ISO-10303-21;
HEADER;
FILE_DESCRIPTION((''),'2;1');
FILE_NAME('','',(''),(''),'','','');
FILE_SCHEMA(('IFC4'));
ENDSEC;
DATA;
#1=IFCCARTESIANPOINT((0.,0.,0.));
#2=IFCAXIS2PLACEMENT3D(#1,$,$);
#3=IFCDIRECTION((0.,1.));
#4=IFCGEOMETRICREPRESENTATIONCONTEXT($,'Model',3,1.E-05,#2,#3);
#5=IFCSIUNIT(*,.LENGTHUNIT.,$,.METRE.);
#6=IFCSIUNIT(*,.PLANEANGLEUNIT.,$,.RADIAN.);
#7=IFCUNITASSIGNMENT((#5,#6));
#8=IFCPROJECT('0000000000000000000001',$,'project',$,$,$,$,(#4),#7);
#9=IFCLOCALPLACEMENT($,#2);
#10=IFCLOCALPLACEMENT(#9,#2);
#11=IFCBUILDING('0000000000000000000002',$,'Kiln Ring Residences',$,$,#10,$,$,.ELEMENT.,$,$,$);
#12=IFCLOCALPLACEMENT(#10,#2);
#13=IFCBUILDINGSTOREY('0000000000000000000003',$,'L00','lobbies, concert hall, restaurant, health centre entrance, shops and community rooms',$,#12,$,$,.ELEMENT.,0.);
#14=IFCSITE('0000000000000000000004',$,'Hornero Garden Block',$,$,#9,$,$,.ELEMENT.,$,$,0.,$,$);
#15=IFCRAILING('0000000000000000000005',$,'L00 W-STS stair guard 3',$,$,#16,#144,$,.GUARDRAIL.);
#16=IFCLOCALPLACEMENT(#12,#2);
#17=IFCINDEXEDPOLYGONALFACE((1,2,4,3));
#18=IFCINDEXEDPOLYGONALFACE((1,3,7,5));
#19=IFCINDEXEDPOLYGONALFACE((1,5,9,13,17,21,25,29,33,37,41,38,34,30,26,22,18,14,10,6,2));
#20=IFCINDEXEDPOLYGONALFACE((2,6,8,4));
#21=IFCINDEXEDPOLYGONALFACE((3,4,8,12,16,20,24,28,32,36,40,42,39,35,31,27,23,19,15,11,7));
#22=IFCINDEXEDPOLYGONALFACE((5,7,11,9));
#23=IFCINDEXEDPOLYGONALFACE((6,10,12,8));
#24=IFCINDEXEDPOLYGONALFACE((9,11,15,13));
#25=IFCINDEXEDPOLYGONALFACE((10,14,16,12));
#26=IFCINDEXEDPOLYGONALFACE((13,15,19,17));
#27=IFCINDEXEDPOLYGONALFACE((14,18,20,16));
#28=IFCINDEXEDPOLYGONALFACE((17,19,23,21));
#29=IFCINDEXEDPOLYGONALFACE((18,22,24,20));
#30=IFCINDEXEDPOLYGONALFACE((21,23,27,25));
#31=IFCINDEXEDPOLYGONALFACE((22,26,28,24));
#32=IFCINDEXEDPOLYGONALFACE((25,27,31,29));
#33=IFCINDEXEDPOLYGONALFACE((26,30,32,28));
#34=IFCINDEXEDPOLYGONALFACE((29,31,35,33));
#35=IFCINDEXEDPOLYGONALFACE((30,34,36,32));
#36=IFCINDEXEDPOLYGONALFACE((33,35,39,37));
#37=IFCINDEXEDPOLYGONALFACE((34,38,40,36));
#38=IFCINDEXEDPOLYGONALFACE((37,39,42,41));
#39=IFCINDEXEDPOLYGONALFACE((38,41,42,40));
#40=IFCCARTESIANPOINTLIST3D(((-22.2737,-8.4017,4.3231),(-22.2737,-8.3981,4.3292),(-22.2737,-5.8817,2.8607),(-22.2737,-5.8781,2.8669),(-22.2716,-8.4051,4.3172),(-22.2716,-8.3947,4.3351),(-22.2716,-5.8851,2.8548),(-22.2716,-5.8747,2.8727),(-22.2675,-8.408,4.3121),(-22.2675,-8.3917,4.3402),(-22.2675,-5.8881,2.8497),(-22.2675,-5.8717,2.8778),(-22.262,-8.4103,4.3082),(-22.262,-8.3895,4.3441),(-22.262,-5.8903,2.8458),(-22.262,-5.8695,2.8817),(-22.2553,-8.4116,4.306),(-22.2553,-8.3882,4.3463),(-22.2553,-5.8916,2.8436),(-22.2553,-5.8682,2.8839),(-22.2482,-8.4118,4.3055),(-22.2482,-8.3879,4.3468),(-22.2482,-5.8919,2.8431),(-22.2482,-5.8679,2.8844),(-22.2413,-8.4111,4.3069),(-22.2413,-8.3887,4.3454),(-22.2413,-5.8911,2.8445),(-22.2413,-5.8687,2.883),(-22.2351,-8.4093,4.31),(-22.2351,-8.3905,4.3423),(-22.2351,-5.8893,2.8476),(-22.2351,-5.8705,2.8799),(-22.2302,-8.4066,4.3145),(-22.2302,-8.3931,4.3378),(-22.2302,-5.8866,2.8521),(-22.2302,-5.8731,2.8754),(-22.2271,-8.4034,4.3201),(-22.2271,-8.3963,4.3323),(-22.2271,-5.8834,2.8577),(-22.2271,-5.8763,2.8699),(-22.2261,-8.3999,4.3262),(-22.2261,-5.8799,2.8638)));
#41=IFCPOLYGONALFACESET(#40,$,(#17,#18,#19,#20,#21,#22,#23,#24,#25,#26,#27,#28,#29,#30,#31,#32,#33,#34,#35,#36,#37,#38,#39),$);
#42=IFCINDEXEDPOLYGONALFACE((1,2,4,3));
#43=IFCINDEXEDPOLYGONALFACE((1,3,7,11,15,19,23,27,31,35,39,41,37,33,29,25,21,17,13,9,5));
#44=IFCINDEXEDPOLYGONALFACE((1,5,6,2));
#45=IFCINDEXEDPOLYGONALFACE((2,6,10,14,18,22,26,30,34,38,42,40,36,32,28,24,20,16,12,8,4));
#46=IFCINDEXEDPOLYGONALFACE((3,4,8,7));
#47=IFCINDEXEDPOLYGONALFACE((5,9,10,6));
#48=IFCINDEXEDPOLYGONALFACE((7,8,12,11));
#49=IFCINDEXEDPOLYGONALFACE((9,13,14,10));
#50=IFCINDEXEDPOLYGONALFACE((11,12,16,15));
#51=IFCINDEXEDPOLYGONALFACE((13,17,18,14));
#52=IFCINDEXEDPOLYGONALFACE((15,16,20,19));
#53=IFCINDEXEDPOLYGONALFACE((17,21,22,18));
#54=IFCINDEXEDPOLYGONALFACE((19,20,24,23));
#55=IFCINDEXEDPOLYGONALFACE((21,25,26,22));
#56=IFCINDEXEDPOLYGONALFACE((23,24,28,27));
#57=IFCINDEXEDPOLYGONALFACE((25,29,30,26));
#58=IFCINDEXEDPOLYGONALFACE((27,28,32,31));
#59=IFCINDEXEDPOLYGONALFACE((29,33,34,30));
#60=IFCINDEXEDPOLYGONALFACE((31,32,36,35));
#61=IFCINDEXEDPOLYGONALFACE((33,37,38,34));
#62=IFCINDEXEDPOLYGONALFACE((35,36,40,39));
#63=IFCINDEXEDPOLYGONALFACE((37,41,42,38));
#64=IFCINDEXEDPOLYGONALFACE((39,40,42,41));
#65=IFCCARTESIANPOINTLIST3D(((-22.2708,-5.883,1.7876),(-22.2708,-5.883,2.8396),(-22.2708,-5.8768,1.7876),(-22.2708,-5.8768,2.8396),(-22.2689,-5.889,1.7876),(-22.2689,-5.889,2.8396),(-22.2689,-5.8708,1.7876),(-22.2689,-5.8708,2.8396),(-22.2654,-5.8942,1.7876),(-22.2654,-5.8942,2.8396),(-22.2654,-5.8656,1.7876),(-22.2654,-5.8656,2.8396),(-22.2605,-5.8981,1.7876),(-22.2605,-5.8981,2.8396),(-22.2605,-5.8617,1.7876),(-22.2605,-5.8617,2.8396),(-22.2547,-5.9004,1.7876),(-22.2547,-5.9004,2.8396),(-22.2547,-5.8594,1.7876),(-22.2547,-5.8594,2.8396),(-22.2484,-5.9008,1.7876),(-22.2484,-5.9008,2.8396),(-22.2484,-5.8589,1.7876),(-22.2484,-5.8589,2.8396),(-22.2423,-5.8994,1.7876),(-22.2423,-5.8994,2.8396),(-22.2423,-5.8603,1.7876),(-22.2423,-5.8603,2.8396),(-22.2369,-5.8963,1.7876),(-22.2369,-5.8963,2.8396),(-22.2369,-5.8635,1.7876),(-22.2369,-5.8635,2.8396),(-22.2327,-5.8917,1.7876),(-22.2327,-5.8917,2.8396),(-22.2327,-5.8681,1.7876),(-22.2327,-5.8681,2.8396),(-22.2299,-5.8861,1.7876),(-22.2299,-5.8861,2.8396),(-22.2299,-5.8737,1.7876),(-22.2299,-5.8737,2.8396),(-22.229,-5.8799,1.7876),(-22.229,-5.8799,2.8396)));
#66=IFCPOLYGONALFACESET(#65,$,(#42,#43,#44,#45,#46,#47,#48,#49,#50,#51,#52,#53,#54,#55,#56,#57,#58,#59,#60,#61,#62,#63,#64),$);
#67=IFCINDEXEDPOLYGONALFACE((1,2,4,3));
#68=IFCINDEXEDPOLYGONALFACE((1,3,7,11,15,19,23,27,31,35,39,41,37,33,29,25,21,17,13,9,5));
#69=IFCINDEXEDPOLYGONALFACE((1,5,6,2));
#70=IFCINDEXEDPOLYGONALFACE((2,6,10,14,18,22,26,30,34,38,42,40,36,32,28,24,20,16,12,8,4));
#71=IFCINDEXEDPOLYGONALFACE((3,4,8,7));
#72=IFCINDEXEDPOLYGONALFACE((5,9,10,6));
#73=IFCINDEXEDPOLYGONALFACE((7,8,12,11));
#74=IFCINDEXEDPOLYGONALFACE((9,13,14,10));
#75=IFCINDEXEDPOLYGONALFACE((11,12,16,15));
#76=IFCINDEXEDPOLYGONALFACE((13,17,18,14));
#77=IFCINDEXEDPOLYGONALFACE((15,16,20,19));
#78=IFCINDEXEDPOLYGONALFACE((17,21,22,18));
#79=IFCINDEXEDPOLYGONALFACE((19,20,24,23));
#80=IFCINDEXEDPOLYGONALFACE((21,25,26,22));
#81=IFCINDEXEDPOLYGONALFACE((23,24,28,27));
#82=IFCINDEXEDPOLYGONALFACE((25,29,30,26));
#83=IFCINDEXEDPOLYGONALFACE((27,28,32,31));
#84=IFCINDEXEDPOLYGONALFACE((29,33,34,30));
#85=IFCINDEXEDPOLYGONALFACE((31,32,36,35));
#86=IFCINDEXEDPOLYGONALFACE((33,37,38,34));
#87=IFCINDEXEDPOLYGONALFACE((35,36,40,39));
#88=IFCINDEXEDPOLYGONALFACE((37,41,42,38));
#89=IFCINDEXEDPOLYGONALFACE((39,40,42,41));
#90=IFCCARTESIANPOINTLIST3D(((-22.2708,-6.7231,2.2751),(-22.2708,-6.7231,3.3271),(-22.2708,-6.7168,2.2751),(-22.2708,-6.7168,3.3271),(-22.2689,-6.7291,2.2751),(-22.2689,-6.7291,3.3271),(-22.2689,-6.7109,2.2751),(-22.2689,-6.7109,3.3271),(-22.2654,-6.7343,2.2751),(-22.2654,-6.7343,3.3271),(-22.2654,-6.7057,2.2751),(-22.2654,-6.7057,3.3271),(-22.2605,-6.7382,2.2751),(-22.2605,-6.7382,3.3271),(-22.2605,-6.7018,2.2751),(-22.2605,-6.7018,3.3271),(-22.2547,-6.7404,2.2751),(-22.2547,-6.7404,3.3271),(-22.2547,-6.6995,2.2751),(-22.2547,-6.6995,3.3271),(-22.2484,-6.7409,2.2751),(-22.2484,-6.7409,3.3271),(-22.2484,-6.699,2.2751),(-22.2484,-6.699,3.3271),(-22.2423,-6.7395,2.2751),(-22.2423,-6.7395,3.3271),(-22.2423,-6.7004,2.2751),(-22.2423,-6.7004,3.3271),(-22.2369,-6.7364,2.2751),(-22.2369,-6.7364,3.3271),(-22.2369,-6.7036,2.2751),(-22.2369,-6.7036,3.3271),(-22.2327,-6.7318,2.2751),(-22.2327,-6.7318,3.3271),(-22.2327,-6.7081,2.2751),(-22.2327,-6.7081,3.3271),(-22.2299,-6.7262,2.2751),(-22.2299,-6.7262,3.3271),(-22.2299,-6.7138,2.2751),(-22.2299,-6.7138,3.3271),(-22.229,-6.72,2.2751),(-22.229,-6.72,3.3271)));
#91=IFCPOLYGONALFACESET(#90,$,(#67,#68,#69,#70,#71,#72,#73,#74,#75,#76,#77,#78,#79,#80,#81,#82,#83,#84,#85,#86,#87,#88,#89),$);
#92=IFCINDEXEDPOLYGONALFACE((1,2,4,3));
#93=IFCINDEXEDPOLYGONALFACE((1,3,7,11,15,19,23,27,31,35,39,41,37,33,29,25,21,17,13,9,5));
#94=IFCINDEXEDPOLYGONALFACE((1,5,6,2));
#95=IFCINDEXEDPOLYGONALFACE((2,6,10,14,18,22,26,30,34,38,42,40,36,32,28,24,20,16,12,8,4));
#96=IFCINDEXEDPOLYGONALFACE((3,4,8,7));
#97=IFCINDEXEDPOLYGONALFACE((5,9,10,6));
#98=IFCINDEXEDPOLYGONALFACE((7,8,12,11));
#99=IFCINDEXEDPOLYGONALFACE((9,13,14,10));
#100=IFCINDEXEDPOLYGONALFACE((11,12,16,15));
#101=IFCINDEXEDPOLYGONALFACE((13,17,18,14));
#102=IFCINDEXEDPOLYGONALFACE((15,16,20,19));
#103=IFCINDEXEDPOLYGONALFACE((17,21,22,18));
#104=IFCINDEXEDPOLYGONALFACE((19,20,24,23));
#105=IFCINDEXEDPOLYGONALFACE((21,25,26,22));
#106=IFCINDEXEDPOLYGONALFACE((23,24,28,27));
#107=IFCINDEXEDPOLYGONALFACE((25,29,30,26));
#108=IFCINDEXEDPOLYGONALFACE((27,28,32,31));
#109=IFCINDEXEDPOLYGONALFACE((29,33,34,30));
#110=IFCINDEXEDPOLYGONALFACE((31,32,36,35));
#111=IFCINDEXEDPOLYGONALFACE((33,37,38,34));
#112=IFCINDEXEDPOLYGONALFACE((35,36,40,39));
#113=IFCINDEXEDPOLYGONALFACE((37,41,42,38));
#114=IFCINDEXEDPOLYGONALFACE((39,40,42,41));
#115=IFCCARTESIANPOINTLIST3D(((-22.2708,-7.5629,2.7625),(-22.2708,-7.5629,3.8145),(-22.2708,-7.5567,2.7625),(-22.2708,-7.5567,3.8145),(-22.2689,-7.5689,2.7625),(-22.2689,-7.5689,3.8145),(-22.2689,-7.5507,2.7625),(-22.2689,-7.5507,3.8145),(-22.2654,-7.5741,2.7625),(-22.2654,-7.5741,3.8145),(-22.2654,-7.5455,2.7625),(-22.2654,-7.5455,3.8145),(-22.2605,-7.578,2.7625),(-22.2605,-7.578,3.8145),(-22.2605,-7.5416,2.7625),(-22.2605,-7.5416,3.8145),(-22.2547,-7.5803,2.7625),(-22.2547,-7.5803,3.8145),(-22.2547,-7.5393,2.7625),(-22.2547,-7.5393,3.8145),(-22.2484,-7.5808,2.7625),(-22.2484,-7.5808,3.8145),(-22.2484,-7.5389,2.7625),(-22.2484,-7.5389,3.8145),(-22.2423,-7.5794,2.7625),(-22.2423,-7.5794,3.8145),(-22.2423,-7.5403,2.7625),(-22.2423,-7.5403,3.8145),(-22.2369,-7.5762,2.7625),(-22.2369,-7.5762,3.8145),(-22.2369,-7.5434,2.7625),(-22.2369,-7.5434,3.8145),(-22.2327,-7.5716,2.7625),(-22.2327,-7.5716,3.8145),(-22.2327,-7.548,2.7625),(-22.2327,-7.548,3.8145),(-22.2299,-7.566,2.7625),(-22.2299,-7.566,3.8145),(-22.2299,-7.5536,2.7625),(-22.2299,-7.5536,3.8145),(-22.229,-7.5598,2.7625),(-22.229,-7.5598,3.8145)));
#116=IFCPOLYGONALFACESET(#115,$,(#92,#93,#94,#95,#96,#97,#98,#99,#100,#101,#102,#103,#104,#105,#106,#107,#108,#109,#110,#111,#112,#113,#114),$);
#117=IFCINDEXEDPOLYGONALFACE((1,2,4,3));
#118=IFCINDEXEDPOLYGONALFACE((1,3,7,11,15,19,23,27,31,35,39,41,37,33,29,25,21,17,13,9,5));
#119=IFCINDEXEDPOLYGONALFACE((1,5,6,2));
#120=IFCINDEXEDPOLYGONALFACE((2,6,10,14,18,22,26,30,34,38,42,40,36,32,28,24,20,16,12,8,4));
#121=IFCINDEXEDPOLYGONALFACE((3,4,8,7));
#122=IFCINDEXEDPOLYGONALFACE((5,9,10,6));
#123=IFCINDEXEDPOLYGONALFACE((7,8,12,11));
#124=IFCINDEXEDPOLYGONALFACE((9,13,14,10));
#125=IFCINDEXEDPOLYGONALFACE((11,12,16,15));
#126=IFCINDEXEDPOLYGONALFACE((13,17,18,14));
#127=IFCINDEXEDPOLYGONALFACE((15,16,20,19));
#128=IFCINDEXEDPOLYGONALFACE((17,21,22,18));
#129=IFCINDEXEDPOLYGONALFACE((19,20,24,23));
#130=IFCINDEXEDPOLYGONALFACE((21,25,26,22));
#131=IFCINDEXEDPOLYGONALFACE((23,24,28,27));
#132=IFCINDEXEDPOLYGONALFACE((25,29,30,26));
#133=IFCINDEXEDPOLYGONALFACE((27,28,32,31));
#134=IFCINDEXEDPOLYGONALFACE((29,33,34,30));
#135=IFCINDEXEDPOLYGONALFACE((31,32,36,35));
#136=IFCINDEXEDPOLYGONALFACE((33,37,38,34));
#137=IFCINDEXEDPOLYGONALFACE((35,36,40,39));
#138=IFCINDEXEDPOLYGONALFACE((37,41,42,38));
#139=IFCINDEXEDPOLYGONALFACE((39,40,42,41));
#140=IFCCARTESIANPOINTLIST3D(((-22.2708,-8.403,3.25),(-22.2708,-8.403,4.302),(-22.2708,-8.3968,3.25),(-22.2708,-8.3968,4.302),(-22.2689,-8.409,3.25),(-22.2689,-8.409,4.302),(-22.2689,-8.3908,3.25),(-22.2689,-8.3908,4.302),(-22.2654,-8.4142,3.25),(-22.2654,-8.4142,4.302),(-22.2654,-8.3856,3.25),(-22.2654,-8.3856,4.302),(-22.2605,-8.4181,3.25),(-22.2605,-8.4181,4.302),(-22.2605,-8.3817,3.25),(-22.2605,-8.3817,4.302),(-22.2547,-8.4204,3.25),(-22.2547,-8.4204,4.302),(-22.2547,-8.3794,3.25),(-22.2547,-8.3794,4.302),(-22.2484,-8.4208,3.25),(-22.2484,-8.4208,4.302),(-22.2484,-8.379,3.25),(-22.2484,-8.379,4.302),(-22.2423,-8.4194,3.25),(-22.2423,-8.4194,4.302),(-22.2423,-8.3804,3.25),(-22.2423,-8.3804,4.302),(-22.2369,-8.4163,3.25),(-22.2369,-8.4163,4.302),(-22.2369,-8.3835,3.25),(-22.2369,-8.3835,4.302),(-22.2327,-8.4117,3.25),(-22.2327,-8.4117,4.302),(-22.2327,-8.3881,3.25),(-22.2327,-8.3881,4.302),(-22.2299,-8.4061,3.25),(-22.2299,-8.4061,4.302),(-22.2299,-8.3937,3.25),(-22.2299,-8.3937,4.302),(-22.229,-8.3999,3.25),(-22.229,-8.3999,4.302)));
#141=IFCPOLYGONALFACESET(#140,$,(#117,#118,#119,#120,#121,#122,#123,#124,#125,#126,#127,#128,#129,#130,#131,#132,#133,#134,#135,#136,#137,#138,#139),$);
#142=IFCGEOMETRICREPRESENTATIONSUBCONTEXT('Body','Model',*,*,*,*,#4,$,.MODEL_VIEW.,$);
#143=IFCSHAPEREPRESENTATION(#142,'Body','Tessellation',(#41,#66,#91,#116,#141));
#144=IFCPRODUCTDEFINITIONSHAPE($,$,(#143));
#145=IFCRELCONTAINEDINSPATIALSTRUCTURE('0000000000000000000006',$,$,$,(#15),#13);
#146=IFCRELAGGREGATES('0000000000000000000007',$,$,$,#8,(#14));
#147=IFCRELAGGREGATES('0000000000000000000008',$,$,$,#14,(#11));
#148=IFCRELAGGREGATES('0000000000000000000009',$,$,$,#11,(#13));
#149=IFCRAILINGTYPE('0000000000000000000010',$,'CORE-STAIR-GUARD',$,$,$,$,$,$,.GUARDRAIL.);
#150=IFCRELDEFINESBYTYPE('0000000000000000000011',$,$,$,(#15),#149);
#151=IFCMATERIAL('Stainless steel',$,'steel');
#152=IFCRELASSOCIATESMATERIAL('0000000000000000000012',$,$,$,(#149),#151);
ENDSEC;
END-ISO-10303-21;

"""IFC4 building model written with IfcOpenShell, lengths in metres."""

from ifc_helpers import new_model, si_unit, direction, frame, origin, origin_2d, place, context, subcontext, project, spatial, circle, extrude, material, type_object, element, save


model = new_model("IFC4")

# Units and contexts
model_context = context("Model", 3, precision=1e-05, world=origin(), true_north=direction((0.0, 1.0)))
body_context = subcontext(model_context, "Body", "Model", "MODEL_VIEW")
ifc_project = project(units=[si_unit("LENGTHUNIT", "METRE"), si_unit("PLANEANGLEUNIT", "RADIAN")], contexts=[model_context])

# Site, building, storey
site_placement = place(None, origin())
site = spatial("IfcSite", under=ifc_project, at=site_placement, Name="Hornero Garden Block", CompositionType="ELEMENT", RefElevation=0.0)
building_placement = place(site_placement, origin())
building = spatial("IfcBuilding", under=site, at=building_placement, Name="Kiln Ring Residences", CompositionType="ELEMENT")
storey_placement = place(building_placement, origin())
storey = spatial("IfcBuildingStorey", under=building, at=storey_placement, Name="L00", Description="lobbies, concert hall, restaurant, health centre entrance, shops and community rooms", CompositionType="ELEMENT", Elevation=0.0)

# Railing
ifc_material_1 = material(Name="Stainless steel", Category="steel")
railing_type_1 = type_object("IfcRailingType", Name="CORE-STAIR-GUARD", PredefinedType="GUARDRAIL", material=ifc_material_1)
for number, where, name in (
    (1, (-22.25, -5.8799, 1.7876), "L00 W-STS stair guard 3"),
):
    element("IfcRailing", number, at=place(storey_placement, frame(where)), inside=storey, type_object=railing_type_1, Name=name, PredefinedType="GUARDRAIL", context=body_context, shape_type="SweptSolid", body=[
        extrude(circle(Radius=0.0239, at=origin_2d()), frame((0.0, 0.0, 1.0762), z_axis=(0.0, -0.864913, 0.501921), x_axis=(1.0, 0.0, 0.0)), (0.0, 0.0, 1.0), 2.9136),
        extrude(circle(Radius=0.021, at=origin_2d()), origin(), (0.0, 0.0, 1.0), 1.052),
        extrude(circle(Radius=0.021, at=origin_2d()), frame((0.0, -0.8401, 0.4875)), (0.0, 0.0, 1.0), 1.052),
        extrude(circle(Radius=0.021, at=origin_2d()), frame((0.0, -1.6799, 0.9749)), (0.0, 0.0, 1.0), 1.052),
        extrude(circle(Radius=0.021, at=origin_2d()), frame((0.0, -2.52, 1.4624)), (0.0, 0.0, 1.0), 1.052),
    ])

save(model, "model.ifc")
